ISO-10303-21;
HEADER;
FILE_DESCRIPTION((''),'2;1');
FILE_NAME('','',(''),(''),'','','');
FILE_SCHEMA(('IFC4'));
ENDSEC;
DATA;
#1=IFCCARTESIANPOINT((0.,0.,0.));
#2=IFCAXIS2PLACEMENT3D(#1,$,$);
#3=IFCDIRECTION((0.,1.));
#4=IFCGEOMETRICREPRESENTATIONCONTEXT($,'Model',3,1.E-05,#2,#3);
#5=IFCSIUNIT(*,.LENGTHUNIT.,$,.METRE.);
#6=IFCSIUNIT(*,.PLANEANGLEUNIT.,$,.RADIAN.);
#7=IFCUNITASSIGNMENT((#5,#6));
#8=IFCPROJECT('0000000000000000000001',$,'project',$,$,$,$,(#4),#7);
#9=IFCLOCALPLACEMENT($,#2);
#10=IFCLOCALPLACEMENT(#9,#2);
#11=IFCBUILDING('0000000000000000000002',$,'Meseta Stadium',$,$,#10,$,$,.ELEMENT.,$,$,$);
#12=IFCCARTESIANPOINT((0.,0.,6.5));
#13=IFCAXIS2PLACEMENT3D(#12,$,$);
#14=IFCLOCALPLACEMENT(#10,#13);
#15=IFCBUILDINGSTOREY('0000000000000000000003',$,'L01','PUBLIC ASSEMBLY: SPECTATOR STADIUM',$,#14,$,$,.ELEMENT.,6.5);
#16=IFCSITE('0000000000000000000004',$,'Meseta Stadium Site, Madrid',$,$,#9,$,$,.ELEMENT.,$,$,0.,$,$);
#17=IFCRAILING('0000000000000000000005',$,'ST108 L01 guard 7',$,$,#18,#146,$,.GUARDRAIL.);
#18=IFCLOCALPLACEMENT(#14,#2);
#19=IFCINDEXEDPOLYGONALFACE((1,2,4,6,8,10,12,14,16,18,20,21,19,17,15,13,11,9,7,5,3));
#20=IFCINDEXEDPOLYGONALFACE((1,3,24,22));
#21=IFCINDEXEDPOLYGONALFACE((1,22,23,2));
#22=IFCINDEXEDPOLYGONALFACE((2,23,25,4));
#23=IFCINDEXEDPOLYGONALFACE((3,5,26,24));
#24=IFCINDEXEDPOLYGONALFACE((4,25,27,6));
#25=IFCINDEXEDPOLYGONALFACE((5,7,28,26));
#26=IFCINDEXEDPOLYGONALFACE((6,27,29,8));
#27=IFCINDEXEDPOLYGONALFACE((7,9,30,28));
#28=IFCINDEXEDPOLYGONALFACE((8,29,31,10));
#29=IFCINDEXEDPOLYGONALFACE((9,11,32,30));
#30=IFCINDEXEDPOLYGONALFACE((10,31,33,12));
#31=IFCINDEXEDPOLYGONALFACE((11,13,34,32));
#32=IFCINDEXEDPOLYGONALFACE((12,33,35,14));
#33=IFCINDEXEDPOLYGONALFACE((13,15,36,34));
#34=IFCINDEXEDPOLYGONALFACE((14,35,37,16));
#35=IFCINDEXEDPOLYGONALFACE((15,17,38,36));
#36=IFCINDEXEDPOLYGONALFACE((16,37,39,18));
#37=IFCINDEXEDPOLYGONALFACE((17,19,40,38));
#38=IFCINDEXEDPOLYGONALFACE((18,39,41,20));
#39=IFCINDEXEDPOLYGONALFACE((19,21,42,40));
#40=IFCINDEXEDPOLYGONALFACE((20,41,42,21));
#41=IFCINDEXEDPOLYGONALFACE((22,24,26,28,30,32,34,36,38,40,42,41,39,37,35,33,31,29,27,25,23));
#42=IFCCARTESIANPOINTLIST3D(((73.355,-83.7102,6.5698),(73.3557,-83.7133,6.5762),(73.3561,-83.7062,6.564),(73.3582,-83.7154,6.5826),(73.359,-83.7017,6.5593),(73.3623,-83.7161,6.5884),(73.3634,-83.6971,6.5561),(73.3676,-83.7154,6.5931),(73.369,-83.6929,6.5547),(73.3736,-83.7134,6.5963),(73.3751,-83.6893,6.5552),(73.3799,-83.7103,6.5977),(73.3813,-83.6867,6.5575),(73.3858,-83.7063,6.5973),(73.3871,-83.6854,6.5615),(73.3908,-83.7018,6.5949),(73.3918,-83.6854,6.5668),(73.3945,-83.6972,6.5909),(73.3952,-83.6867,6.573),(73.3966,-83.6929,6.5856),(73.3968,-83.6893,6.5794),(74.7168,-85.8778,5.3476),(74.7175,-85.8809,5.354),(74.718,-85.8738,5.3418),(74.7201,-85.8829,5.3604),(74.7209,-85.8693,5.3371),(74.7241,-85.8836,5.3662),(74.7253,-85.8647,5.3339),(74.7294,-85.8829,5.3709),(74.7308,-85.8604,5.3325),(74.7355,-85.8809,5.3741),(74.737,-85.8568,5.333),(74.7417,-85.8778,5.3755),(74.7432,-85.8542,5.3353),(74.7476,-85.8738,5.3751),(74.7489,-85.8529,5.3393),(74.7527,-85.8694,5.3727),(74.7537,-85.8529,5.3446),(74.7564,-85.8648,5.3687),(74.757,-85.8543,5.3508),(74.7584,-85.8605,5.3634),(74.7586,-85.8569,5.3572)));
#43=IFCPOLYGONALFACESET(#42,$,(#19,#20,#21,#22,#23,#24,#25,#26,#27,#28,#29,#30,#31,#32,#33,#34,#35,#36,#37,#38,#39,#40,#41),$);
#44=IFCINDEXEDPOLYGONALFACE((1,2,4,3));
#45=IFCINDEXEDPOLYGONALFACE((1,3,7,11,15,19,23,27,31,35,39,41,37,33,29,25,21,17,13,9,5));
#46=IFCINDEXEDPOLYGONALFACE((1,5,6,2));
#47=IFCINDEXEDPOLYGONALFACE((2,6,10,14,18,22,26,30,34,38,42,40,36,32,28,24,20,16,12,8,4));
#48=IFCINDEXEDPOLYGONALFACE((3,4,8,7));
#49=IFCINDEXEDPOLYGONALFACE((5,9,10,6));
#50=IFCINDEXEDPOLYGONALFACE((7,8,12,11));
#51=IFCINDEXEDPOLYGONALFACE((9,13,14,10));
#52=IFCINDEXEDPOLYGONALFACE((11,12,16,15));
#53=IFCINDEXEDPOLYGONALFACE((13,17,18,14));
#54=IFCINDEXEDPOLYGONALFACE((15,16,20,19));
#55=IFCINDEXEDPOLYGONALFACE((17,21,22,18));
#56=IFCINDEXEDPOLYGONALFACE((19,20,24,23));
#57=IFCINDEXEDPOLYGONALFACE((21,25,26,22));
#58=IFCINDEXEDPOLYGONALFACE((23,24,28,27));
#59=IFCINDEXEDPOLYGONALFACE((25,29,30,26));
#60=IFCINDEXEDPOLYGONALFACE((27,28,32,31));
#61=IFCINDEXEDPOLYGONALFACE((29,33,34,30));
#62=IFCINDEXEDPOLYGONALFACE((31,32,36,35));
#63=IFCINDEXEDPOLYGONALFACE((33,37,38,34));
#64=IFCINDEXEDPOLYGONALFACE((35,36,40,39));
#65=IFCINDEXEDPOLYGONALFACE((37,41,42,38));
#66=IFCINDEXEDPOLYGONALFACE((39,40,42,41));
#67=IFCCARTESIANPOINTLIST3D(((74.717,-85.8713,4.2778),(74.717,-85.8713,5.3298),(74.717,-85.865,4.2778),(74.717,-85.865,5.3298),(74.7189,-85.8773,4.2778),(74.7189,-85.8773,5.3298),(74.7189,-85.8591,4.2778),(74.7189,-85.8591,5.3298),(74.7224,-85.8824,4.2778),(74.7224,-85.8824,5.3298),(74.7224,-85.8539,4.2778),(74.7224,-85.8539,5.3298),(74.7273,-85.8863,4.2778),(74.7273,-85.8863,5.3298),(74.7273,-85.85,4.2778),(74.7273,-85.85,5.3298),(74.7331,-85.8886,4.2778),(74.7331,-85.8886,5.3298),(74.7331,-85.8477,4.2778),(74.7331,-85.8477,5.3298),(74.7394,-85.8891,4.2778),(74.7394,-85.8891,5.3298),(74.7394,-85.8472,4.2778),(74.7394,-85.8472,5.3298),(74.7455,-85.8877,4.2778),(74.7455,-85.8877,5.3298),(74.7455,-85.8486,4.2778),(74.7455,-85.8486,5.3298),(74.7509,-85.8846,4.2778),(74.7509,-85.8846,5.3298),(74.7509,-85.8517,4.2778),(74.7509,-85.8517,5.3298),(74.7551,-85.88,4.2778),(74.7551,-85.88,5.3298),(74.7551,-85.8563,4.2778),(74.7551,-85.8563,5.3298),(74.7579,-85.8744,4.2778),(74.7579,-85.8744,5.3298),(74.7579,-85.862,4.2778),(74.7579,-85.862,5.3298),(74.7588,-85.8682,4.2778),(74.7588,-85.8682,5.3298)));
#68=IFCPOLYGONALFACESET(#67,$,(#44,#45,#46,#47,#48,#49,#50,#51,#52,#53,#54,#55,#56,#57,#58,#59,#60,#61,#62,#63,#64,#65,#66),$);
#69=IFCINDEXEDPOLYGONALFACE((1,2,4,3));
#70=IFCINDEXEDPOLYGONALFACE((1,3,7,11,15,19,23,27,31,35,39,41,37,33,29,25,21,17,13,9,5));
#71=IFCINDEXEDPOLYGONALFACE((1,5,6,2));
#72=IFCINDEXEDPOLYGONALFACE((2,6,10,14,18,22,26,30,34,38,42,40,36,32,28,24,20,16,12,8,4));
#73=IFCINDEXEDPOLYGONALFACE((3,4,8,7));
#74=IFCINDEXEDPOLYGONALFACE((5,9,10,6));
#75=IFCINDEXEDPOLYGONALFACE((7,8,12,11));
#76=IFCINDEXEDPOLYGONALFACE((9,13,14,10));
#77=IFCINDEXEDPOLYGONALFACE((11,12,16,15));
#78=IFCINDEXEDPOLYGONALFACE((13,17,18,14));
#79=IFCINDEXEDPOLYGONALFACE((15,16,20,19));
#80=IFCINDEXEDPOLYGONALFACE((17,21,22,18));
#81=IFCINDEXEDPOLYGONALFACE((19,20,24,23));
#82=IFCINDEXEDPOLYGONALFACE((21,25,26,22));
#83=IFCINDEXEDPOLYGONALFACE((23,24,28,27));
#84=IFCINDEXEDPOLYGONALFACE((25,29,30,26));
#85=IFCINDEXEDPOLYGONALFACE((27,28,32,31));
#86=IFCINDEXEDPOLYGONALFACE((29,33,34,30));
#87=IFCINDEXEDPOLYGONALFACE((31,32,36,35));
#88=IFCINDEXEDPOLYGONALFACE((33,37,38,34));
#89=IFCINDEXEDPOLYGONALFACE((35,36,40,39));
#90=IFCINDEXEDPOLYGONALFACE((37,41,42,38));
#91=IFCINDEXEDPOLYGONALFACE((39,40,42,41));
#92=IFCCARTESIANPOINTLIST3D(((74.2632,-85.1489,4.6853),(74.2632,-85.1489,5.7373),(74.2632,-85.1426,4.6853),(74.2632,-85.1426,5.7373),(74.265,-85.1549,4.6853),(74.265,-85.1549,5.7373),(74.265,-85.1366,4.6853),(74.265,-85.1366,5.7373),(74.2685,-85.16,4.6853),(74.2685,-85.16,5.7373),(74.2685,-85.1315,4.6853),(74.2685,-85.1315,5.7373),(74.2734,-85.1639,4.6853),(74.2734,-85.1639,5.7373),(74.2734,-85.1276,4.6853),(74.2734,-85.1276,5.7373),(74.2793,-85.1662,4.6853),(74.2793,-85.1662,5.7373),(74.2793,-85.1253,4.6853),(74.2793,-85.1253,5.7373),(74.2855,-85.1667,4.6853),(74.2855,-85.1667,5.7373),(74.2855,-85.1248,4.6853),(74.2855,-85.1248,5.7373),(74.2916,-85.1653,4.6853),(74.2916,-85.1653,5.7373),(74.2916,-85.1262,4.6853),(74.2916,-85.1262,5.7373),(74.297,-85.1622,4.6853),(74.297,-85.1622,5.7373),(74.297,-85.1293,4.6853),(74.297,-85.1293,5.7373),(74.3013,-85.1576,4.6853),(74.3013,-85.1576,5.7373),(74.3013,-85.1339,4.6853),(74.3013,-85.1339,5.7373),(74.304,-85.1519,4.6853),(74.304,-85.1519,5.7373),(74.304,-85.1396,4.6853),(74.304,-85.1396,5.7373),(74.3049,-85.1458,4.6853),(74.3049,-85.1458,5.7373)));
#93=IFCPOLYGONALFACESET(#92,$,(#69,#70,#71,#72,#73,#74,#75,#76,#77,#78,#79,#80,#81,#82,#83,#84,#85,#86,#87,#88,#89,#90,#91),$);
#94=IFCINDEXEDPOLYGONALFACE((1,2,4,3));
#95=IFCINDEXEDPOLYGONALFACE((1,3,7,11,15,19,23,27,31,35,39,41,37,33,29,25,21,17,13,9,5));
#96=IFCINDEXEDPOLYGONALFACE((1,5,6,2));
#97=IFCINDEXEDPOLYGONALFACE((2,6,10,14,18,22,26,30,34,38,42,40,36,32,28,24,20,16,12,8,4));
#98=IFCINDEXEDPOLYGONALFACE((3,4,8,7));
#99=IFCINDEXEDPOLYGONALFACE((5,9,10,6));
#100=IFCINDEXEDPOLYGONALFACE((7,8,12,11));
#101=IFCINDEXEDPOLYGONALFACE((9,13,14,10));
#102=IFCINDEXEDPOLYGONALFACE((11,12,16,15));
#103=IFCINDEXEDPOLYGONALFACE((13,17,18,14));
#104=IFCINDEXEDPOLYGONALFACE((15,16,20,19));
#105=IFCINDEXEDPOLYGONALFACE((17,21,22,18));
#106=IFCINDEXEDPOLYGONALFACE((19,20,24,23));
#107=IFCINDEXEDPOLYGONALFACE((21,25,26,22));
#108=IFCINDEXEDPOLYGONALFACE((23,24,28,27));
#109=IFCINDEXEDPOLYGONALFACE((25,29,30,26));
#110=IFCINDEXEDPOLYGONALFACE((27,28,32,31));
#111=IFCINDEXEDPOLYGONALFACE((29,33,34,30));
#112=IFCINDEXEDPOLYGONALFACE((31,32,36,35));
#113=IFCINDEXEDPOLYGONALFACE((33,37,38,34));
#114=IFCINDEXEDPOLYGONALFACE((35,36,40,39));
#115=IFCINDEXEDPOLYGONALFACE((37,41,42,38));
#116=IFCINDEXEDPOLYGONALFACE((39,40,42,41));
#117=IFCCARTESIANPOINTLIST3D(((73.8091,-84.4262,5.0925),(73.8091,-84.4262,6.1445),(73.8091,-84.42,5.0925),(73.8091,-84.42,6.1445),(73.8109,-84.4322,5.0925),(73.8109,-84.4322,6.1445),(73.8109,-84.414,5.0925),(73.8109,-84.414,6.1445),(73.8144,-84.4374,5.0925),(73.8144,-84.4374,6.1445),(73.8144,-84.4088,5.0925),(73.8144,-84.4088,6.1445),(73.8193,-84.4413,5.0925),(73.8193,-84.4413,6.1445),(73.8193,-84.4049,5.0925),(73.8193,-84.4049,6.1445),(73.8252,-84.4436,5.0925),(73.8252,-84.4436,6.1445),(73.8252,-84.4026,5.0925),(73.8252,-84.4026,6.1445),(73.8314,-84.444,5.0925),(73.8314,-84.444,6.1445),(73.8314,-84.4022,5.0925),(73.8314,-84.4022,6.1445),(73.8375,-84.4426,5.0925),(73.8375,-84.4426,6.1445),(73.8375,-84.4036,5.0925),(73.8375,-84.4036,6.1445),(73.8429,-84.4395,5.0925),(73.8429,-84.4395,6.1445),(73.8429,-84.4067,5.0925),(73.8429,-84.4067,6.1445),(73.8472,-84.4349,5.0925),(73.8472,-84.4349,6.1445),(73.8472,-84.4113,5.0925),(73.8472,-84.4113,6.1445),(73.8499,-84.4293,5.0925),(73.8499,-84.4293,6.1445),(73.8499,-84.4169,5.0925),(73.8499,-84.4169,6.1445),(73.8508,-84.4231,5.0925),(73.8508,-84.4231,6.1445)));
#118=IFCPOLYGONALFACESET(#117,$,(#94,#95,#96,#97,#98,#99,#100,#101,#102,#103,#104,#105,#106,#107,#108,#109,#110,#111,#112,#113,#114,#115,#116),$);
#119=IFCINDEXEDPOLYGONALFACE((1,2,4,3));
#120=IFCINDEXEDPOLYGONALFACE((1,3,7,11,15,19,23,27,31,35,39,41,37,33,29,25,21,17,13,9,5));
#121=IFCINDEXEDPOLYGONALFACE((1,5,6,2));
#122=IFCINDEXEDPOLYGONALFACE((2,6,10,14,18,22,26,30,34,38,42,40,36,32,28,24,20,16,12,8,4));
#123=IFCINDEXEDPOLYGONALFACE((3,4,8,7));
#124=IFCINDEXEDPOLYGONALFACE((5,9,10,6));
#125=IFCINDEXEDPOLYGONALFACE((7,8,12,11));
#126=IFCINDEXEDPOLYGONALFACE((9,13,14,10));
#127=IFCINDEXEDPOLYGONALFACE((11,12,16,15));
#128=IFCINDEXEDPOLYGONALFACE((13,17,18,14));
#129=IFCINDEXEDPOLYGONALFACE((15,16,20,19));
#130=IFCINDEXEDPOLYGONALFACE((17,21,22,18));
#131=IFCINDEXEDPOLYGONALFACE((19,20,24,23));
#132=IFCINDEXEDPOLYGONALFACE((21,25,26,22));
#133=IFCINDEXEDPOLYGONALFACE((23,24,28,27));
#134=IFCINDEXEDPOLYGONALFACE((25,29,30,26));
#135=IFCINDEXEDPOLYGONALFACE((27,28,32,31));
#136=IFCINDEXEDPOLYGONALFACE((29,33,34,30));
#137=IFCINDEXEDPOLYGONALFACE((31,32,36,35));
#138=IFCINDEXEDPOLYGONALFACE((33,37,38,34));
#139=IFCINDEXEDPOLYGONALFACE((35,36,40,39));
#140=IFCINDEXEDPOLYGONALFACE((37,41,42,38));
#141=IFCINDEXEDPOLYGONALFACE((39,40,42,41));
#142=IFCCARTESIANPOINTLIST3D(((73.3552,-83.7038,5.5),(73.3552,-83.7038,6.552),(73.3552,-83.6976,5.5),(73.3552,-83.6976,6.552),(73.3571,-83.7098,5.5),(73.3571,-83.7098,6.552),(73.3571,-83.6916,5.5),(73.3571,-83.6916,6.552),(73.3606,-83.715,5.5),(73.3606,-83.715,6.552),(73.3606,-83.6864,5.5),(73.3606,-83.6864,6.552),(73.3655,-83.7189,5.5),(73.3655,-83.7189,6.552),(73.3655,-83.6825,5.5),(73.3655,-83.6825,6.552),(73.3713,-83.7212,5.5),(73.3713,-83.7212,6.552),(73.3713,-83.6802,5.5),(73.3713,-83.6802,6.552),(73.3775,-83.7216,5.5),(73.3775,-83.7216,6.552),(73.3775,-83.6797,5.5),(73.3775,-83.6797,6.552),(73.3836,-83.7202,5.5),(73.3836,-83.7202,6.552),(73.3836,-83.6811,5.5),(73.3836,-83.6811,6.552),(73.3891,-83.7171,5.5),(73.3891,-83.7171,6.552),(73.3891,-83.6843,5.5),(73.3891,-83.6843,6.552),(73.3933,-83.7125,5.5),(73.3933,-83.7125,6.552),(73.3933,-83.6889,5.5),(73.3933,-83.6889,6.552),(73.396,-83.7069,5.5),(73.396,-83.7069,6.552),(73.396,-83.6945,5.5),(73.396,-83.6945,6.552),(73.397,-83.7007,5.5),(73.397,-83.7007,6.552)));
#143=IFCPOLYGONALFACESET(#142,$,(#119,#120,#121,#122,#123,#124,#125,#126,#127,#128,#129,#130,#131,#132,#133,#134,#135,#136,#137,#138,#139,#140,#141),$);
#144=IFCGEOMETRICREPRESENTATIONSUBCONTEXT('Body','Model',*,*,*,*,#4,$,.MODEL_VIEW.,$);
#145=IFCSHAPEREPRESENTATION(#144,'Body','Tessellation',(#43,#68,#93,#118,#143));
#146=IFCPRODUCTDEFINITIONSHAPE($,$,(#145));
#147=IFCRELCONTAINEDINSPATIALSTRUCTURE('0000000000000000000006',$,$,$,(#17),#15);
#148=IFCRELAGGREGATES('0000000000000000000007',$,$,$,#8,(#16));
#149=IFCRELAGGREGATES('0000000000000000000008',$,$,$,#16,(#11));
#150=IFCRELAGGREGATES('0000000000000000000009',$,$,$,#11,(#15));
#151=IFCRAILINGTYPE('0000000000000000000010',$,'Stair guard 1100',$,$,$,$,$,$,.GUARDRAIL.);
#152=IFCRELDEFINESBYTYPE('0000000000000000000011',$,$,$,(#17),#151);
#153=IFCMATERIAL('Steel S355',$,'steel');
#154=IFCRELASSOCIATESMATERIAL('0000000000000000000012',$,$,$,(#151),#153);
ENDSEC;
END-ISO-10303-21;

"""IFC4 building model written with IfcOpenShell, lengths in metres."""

from ifc_helpers import new_model, si_unit, direction, frame, origin, origin_2d, place, context, subcontext, project, spatial, circle, extrude, material, type_object, element, save


model = new_model("IFC4")

# Units and contexts
model_context = context("Model", 3, precision=1e-05, world=origin(), true_north=direction((0.0, 1.0)))
body_context = subcontext(model_context, "Body", "Model", "MODEL_VIEW")
ifc_project = project(units=[si_unit("LENGTHUNIT", "METRE"), si_unit("PLANEANGLEUNIT", "RADIAN")], contexts=[model_context])

# Site, building, storey
site_placement = place(None, origin())
site = spatial("IfcSite", under=ifc_project, at=site_placement, Name="Meseta Stadium Site, Madrid", CompositionType="ELEMENT", RefElevation=0.0)
building_placement = place(site_placement, origin())
building = spatial("IfcBuilding", under=site, at=building_placement, Name="Meseta Stadium", CompositionType="ELEMENT")
storey_placement = place(building_placement, frame((0.0, 0.0, 6.5)))
storey = spatial("IfcBuildingStorey", under=building, at=storey_placement, Name="L01", Description="PUBLIC ASSEMBLY: SPECTATOR STADIUM", CompositionType="ELEMENT", Elevation=6.5)

# Railing
ifc_material_1 = material(Name="Steel S355", Category="steel")
railing_type_1 = type_object("IfcRailingType", Name="Stair guard 1100", PredefinedType="GUARDRAIL", material=ifc_material_1)
railing_1_placement = place(storey_placement, frame((74.7378, -85.8682, 4.2778)))
element("IfcRailing", 1, at=railing_1_placement, inside=storey, type_object=railing_type_1, Name="ST108 L01 guard 7", PredefinedType="GUARDRAIL", context=body_context, shape_type="SweptSolid", body=[
    extrude(circle(Radius=0.0239, at=origin_2d()), frame((0.0, 0.0, 1.0762), z_axis=(-0.48009, 0.764116, 0.430859), x_axis=(-0.846742, -0.532004, 0.0)), (0.0, 0.0, 1.0), 2.8367),
    extrude(circle(Radius=0.021, at=origin_2d()), origin(), (0.0, 0.0, 1.0), 1.052),
    extrude(circle(Radius=0.021, at=origin_2d()), frame((-0.4539, 0.7224, 0.4075)), (0.0, 0.0, 1.0), 1.052),
    extrude(circle(Radius=0.021, at=origin_2d()), frame((-0.908, 1.4451, 0.8147)), (0.0, 0.0, 1.0), 1.052),
    extrude(circle(Radius=0.021, at=origin_2d()), frame((-1.3618, 2.1675, 1.2222)), (0.0, 0.0, 1.0), 1.052),
])

save(model, "model.ifc")
